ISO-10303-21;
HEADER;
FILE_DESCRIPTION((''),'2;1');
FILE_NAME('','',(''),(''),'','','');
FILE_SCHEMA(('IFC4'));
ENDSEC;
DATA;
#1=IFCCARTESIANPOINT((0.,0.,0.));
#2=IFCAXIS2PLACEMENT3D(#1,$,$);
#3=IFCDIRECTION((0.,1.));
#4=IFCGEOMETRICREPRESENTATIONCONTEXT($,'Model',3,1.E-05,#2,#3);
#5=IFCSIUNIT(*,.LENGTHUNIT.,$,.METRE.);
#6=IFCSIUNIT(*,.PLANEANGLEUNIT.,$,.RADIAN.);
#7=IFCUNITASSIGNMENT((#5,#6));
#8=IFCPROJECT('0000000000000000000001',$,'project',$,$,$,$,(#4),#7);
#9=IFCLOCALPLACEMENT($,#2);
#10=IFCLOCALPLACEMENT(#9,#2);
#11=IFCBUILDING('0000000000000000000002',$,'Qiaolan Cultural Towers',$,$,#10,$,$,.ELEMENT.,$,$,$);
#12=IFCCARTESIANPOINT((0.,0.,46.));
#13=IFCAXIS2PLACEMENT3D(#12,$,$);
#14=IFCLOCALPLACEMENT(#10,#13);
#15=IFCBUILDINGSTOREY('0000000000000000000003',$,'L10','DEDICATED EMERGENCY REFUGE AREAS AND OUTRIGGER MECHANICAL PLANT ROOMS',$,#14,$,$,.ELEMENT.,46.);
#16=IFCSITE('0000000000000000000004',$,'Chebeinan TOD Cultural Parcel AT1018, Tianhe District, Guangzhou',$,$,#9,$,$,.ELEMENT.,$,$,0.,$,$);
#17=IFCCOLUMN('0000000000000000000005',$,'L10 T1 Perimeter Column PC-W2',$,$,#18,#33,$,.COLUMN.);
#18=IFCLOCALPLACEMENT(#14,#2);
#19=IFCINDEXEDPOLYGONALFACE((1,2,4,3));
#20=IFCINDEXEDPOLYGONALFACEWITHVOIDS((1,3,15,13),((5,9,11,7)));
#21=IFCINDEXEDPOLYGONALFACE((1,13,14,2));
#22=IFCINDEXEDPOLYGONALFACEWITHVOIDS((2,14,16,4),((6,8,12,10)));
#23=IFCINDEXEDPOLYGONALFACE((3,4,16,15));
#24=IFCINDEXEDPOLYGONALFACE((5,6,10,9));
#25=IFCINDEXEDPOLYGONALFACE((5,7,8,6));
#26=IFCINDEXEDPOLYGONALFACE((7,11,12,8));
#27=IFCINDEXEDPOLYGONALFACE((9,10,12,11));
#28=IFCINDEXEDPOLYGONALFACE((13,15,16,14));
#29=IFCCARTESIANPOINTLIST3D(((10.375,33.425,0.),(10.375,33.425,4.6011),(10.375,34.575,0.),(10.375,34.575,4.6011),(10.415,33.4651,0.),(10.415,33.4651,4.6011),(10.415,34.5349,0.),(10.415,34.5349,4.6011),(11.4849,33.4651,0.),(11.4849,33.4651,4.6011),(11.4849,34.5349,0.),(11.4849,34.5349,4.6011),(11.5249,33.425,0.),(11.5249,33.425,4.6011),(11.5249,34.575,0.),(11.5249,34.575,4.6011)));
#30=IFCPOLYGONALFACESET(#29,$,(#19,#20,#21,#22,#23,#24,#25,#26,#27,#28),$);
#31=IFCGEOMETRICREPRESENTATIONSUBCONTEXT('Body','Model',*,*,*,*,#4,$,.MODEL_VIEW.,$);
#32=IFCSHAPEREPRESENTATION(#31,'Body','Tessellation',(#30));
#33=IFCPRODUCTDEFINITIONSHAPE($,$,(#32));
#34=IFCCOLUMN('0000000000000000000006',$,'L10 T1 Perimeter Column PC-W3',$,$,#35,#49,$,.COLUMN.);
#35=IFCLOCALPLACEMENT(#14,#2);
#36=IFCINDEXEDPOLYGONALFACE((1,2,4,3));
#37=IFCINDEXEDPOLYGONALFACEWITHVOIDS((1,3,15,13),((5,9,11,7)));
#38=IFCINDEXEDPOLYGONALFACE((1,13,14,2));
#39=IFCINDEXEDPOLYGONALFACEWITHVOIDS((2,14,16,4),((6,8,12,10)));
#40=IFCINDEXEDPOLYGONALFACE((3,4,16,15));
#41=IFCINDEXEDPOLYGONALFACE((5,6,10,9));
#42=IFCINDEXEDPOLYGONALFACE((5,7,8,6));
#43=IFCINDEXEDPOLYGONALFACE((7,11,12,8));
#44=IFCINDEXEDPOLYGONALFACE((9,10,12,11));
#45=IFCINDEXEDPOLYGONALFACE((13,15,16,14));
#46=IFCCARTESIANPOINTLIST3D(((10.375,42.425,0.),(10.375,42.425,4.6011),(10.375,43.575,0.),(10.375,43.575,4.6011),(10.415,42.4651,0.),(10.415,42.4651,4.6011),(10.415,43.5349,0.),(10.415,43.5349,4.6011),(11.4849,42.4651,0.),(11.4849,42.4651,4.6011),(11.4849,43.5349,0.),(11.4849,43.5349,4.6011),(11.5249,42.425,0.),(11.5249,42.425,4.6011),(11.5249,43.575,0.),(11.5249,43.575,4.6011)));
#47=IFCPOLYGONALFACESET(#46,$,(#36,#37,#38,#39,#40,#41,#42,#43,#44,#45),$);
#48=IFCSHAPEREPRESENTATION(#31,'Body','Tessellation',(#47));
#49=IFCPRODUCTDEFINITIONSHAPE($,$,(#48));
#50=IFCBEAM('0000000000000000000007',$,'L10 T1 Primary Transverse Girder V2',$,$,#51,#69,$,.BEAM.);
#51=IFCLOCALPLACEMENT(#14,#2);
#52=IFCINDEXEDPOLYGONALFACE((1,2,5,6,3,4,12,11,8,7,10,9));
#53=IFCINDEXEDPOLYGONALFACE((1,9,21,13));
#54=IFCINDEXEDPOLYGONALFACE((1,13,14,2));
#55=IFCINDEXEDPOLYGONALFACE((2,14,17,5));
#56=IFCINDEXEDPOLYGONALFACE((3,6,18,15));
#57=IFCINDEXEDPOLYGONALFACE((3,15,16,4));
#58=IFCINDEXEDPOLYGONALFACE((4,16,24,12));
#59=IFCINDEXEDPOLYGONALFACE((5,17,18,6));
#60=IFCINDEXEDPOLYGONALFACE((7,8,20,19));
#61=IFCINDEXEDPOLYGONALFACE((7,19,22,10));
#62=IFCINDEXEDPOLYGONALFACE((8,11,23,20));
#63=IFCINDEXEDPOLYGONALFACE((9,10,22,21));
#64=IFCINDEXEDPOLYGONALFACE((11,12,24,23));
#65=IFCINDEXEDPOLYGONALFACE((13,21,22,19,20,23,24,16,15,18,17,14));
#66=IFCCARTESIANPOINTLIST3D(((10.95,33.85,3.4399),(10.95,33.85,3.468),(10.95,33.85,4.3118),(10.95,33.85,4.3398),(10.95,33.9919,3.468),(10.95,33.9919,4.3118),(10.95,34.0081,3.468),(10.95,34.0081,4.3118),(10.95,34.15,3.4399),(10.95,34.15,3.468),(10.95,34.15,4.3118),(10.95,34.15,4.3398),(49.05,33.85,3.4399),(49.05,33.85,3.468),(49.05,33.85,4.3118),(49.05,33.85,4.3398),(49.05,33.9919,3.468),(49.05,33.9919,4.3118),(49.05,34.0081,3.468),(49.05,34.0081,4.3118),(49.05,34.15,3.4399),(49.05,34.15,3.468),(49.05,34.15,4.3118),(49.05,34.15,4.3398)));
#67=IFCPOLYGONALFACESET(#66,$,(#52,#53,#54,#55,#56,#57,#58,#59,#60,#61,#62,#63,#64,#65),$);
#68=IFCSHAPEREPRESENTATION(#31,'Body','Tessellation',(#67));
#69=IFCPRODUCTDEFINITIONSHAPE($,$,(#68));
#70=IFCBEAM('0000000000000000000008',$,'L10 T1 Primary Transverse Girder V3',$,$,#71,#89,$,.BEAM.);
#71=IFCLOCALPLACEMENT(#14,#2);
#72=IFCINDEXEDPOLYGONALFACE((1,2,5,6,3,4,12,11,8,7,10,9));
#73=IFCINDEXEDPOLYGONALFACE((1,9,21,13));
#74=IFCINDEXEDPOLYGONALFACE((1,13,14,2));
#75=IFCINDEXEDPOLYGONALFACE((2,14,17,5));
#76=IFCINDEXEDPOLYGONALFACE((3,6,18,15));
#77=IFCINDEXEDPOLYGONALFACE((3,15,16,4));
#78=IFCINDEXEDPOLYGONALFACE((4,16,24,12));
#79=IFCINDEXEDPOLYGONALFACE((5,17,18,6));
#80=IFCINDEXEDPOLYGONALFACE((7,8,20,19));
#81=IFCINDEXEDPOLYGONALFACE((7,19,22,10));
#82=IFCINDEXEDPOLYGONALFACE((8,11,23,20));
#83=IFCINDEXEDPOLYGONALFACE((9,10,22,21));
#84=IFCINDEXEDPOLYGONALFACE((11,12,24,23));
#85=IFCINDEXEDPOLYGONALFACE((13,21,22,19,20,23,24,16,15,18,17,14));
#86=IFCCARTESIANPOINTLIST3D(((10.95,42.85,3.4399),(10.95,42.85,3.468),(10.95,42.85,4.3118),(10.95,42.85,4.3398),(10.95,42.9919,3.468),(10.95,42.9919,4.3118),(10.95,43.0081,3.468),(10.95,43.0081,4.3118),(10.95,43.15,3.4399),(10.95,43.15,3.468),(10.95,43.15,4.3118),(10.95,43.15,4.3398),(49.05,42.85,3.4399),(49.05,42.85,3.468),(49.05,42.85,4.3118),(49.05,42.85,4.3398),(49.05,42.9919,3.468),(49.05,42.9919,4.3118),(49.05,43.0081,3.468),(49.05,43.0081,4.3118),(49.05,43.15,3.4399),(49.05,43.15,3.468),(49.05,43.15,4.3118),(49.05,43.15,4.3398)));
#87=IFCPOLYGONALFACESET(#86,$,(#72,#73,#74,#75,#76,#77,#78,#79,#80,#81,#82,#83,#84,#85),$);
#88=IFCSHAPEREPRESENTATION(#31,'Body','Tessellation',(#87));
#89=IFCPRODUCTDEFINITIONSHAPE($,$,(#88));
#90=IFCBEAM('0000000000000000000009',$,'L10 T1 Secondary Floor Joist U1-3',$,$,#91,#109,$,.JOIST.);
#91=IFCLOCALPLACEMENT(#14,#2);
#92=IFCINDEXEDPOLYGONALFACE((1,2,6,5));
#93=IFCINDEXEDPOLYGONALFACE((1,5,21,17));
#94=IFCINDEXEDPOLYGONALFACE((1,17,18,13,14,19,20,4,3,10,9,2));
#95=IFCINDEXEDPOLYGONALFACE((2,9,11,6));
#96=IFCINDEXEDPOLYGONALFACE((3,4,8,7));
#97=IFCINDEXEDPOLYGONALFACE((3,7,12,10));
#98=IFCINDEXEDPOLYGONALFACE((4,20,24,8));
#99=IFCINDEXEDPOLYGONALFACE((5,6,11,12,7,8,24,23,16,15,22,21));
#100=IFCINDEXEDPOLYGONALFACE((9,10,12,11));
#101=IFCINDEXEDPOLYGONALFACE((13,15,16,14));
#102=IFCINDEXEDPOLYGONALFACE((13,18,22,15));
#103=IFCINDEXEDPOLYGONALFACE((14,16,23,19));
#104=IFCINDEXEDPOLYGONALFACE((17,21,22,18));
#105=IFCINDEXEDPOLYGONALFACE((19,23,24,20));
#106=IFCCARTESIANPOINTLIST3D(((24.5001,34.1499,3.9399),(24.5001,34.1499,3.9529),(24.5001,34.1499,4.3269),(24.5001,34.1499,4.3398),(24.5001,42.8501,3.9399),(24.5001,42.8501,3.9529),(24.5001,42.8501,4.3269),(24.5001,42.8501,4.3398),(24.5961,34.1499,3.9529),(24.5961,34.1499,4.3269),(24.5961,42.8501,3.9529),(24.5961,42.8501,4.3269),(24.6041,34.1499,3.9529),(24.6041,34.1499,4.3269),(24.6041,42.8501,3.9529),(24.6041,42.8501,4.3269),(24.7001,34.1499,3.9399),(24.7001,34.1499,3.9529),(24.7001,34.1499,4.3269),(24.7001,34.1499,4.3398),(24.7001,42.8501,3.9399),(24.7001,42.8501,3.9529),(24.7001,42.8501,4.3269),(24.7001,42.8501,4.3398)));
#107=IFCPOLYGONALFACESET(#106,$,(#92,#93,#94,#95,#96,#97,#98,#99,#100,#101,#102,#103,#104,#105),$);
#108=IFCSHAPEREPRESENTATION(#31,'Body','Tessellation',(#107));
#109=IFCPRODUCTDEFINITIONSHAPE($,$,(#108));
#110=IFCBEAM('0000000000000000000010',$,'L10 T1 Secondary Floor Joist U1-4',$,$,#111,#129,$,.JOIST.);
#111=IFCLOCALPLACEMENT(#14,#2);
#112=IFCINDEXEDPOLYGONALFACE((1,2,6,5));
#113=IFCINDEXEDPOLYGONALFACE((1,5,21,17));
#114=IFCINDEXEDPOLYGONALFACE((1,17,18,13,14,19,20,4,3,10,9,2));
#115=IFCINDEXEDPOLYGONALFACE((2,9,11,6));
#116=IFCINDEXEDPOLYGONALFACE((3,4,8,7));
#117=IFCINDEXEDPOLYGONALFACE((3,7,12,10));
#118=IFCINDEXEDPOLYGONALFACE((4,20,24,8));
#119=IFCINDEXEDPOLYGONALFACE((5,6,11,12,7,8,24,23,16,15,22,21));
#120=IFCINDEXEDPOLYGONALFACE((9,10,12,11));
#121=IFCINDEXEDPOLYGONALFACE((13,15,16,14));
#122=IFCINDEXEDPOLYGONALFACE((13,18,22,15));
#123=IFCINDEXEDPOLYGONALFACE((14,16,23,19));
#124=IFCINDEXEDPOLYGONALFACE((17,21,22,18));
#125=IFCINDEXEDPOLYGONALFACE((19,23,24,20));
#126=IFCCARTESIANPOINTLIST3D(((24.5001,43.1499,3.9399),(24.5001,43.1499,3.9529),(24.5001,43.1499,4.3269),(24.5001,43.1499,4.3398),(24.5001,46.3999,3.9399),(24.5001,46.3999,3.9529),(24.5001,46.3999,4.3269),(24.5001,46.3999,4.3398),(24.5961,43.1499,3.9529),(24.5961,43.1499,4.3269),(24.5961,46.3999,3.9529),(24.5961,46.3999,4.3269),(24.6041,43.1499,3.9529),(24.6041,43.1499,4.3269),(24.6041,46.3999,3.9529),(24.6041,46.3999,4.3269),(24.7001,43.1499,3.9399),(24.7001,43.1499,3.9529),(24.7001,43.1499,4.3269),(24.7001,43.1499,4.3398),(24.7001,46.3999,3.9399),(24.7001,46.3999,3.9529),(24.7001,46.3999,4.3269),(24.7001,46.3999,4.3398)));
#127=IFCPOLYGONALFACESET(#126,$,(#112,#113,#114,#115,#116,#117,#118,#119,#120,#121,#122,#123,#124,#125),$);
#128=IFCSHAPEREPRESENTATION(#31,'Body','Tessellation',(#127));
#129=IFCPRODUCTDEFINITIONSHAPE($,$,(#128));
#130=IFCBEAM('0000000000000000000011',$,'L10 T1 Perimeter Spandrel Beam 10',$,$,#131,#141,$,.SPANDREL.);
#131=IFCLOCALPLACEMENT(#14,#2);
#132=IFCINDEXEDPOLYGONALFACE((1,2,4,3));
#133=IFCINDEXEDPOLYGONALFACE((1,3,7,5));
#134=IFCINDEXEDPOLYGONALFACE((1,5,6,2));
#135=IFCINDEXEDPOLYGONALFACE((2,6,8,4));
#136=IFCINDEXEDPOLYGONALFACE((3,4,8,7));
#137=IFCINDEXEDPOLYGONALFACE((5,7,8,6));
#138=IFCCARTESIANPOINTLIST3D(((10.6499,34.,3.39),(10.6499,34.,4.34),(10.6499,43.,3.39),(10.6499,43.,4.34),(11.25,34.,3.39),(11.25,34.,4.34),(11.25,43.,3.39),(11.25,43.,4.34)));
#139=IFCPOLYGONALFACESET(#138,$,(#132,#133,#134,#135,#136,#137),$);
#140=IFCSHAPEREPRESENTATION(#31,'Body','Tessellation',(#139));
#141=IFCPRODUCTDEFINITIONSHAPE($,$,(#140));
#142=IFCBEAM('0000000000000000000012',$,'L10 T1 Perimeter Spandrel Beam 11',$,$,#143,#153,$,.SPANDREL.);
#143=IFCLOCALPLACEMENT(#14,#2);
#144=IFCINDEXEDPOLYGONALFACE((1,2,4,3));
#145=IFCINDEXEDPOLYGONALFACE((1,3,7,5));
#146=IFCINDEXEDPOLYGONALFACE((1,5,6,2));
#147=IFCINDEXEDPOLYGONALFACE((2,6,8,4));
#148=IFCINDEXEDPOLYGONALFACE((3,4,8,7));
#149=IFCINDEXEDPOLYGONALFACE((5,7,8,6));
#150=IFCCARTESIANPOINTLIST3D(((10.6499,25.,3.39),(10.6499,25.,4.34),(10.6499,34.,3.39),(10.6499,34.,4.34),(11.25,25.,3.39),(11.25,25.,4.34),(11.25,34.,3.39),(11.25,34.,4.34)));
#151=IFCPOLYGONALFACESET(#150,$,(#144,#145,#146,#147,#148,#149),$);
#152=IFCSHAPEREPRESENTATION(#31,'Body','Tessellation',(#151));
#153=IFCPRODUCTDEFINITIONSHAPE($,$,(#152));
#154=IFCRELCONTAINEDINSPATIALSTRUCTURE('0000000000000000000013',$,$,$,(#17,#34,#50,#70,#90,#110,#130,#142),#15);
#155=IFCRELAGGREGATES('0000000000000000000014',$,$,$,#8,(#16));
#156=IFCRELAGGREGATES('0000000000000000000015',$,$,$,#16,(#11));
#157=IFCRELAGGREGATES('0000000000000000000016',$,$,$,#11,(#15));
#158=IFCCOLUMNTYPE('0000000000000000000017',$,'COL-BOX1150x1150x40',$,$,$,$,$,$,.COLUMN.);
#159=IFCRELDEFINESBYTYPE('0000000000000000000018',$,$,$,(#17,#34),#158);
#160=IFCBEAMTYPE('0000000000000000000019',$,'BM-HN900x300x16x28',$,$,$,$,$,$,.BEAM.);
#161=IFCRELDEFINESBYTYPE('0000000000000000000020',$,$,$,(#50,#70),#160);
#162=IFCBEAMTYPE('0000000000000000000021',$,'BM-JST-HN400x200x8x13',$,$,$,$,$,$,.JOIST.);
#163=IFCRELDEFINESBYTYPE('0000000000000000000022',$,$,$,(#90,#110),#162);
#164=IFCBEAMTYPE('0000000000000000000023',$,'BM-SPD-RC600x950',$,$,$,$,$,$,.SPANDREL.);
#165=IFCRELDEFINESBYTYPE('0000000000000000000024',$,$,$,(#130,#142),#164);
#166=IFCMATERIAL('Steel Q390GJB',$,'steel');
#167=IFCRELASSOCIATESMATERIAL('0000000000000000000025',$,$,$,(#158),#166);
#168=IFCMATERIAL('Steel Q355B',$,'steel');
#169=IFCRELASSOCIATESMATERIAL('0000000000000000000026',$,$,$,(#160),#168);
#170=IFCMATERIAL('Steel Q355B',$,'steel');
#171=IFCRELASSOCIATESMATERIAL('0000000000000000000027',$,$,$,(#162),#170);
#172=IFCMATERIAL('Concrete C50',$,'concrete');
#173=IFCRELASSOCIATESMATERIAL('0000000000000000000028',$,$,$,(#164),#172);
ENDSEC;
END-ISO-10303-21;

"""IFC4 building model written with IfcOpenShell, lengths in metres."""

from ifc_helpers import new_model, si_unit, direction, frame, origin, origin_2d, place, context, subcontext, project, spatial, rectangle, hollow_rectangle, i_section, extrude, material, material_profile, profile_set, type_object, element, save


model = new_model("IFC4")

# Units and contexts
model_context = context("Model", 3, precision=1e-05, world=origin(), true_north=direction((0.0, 1.0)))
body_context = subcontext(model_context, "Body", "Model", "MODEL_VIEW")
ifc_project = project(units=[si_unit("LENGTHUNIT", "METRE"), si_unit("PLANEANGLEUNIT", "RADIAN")], contexts=[model_context])

# Site, building, storey
site_placement = place(None, origin())
site = spatial("IfcSite", under=ifc_project, at=site_placement, Name="Chebeinan TOD Cultural Parcel AT1018, Tianhe District, Guangzhou", CompositionType="ELEMENT", RefElevation=0.0)
building_placement = place(site_placement, origin())
building = spatial("IfcBuilding", under=site, at=building_placement, Name="Qiaolan Cultural Towers", CompositionType="ELEMENT")
storey_placement = place(building_placement, frame((0.0, 0.0, 46.0)))
storey = spatial("IfcBuildingStorey", under=building, at=storey_placement, Name="L10", Description="DEDICATED EMERGENCY REFUGE AREAS AND OUTRIGGER MECHANICAL PLANT ROOMS", CompositionType="ELEMENT", Elevation=46.0)

# Columns
ifc_material_1 = material(Name="Steel Q390GJB", Category="steel")
ifc_material_profile_1 = material_profile(ifc_material_1, hollow_rectangle(XDim=1.1499, YDim=1.1499, WallThickness=0.04, at=origin_2d()), Name="BOX1150x1150x40")
ifc_profile_set_1 = profile_set([ifc_material_profile_1], Name="Steel Q390GJB")
column_type = type_object("IfcColumnType", Name="COL-BOX1150x1150x40", PredefinedType="COLUMN", material=ifc_profile_set_1)
for number, where, z_axis, x_axis, name in (
    (1, (10.95, 34.0, 0.0), (0.0, 0.0, 1.0), (1.0, 0.0, 0.0), "L10 T1 Perimeter Column PC-W2"),
    (2, (10.95, 43.0, 0.0), (0.0, 0.0, 1.0), (1.0, 0.0, 0.0), "L10 T1 Perimeter Column PC-W3"),
):
    element("IfcColumn", number, at=place(storey_placement, frame(where, z_axis=z_axis, x_axis=x_axis)), inside=storey, type_object=column_type, Name=name, PredefinedType="COLUMN", context=body_context, shape_type="SweptSolid", body=[
        extrude(hollow_rectangle(XDim=1.1499, YDim=1.1499, WallThickness=0.04, at=origin_2d()), origin(), (0.0, 0.0, 1.0), 4.6011),
    ])

# Beams
ifc_material_2 = material(Name="Steel Q355B", Category="steel")
ifc_material_profile_2 = material_profile(ifc_material_2, i_section(OverallWidth=0.3, OverallDepth=0.8999, WebThickness=0.0161, FlangeThickness=0.0281, at=origin_2d()), Name="HN900x300x16x28")
ifc_profile_set_2 = profile_set([ifc_material_profile_2], Name="Steel Q355B")
beam_type_1 = type_object("IfcBeamType", Name="BM-HN900x300x16x28", PredefinedType="BEAM", material=ifc_profile_set_2)
for number, where, z_axis, x_axis, name in (
    (3, (10.95, 34.0, 3.8899), (1.0, 0.0, 0.0), (0.0, 1.0, 0.0), "L10 T1 Primary Transverse Girder V2"),
    (4, (10.95, 43.0, 3.8899), (1.0, 0.0, 0.0), (0.0, 1.0, 0.0), "L10 T1 Primary Transverse Girder V3"),
):
    element("IfcBeam", number, at=place(storey_placement, frame(where, z_axis=z_axis, x_axis=x_axis)), inside=storey, type_object=beam_type_1, Name=name, PredefinedType="BEAM", context=body_context, shape_type="SweptSolid", body=[
        extrude(i_section(OverallWidth=0.3, OverallDepth=0.8999, WebThickness=0.0161, FlangeThickness=0.0281, at=origin_2d()), origin(), (0.0, 0.0, 1.0), 38.1001),
    ])
ifc_material_3 = material(Name="Steel Q355B", Category="steel")
ifc_material_profile_3 = material_profile(ifc_material_3, i_section(OverallWidth=0.2, OverallDepth=0.3999, WebThickness=0.0081, FlangeThickness=0.0129, at=origin_2d()), Name="HN400x200x8x13")
ifc_profile_set_3 = profile_set([ifc_material_profile_3], Name="Steel Q355B")
beam_type_2 = type_object("IfcBeamType", Name="BM-JST-HN400x200x8x13", PredefinedType="JOIST", material=ifc_profile_set_3)
beam_1_placement = place(storey_placement, frame((24.6001, 34.1499, 4.1399), z_axis=(0.0, 1.0, 0.0), x_axis=(-1.0, 0.0, 0.0)))
element("IfcBeam", 5, at=beam_1_placement, inside=storey, type_object=beam_type_2, Name="L10 T1 Secondary Floor Joist U1-3", PredefinedType="JOIST", context=body_context, shape_type="SweptSolid", body=[
    extrude(i_section(OverallWidth=0.2, OverallDepth=0.3999, WebThickness=0.0081, FlangeThickness=0.0129, at=origin_2d()), origin(), (0.0, 0.0, 1.0), 8.7002),
])
beam_2_placement = place(storey_placement, frame((24.6001, 43.1499, 4.1399), z_axis=(0.0, 1.0, 0.0), x_axis=(-1.0, 0.0, 0.0)))
element("IfcBeam", 6, at=beam_2_placement, inside=storey, type_object=beam_type_2, Name="L10 T1 Secondary Floor Joist U1-4", PredefinedType="JOIST", context=body_context, shape_type="SweptSolid", body=[
    extrude(i_section(OverallWidth=0.2, OverallDepth=0.3999, WebThickness=0.0081, FlangeThickness=0.0129, at=origin_2d()), origin(), (0.0, 0.0, 1.0), 3.25),
])
ifc_material_4 = material(Name="Concrete C50", Category="concrete")
ifc_material_profile_4 = material_profile(ifc_material_4, rectangle(XDim=0.6001, YDim=0.95, at=origin_2d()), Name="RC600x950")
ifc_profile_set_4 = profile_set([ifc_material_profile_4], Name="Concrete C50")
beam_type_3 = type_object("IfcBeamType", Name="BM-SPD-RC600x950", PredefinedType="SPANDREL", material=ifc_profile_set_4)
for number, where, z_axis, x_axis, name in (
    (7, (10.95, 43.0, 3.865), (0.0, -1.0, 0.0), (1.0, 0.0, 0.0), "L10 T1 Perimeter Spandrel Beam 10"),
    (8, (10.95, 34.0, 3.865), (0.0, -1.0, 0.0), (1.0, 0.0, 0.0), "L10 T1 Perimeter Spandrel Beam 11"),
):
    element("IfcBeam", number, at=place(storey_placement, frame(where, z_axis=z_axis, x_axis=x_axis)), inside=storey, type_object=beam_type_3, Name=name, PredefinedType="SPANDREL", context=body_context, shape_type="SweptSolid", body=[
        extrude(rectangle(XDim=0.6001, YDim=0.95, at=origin_2d()), origin(), (0.0, 0.0, 1.0), 9.0),
    ])

save(model, "model.ifc")
